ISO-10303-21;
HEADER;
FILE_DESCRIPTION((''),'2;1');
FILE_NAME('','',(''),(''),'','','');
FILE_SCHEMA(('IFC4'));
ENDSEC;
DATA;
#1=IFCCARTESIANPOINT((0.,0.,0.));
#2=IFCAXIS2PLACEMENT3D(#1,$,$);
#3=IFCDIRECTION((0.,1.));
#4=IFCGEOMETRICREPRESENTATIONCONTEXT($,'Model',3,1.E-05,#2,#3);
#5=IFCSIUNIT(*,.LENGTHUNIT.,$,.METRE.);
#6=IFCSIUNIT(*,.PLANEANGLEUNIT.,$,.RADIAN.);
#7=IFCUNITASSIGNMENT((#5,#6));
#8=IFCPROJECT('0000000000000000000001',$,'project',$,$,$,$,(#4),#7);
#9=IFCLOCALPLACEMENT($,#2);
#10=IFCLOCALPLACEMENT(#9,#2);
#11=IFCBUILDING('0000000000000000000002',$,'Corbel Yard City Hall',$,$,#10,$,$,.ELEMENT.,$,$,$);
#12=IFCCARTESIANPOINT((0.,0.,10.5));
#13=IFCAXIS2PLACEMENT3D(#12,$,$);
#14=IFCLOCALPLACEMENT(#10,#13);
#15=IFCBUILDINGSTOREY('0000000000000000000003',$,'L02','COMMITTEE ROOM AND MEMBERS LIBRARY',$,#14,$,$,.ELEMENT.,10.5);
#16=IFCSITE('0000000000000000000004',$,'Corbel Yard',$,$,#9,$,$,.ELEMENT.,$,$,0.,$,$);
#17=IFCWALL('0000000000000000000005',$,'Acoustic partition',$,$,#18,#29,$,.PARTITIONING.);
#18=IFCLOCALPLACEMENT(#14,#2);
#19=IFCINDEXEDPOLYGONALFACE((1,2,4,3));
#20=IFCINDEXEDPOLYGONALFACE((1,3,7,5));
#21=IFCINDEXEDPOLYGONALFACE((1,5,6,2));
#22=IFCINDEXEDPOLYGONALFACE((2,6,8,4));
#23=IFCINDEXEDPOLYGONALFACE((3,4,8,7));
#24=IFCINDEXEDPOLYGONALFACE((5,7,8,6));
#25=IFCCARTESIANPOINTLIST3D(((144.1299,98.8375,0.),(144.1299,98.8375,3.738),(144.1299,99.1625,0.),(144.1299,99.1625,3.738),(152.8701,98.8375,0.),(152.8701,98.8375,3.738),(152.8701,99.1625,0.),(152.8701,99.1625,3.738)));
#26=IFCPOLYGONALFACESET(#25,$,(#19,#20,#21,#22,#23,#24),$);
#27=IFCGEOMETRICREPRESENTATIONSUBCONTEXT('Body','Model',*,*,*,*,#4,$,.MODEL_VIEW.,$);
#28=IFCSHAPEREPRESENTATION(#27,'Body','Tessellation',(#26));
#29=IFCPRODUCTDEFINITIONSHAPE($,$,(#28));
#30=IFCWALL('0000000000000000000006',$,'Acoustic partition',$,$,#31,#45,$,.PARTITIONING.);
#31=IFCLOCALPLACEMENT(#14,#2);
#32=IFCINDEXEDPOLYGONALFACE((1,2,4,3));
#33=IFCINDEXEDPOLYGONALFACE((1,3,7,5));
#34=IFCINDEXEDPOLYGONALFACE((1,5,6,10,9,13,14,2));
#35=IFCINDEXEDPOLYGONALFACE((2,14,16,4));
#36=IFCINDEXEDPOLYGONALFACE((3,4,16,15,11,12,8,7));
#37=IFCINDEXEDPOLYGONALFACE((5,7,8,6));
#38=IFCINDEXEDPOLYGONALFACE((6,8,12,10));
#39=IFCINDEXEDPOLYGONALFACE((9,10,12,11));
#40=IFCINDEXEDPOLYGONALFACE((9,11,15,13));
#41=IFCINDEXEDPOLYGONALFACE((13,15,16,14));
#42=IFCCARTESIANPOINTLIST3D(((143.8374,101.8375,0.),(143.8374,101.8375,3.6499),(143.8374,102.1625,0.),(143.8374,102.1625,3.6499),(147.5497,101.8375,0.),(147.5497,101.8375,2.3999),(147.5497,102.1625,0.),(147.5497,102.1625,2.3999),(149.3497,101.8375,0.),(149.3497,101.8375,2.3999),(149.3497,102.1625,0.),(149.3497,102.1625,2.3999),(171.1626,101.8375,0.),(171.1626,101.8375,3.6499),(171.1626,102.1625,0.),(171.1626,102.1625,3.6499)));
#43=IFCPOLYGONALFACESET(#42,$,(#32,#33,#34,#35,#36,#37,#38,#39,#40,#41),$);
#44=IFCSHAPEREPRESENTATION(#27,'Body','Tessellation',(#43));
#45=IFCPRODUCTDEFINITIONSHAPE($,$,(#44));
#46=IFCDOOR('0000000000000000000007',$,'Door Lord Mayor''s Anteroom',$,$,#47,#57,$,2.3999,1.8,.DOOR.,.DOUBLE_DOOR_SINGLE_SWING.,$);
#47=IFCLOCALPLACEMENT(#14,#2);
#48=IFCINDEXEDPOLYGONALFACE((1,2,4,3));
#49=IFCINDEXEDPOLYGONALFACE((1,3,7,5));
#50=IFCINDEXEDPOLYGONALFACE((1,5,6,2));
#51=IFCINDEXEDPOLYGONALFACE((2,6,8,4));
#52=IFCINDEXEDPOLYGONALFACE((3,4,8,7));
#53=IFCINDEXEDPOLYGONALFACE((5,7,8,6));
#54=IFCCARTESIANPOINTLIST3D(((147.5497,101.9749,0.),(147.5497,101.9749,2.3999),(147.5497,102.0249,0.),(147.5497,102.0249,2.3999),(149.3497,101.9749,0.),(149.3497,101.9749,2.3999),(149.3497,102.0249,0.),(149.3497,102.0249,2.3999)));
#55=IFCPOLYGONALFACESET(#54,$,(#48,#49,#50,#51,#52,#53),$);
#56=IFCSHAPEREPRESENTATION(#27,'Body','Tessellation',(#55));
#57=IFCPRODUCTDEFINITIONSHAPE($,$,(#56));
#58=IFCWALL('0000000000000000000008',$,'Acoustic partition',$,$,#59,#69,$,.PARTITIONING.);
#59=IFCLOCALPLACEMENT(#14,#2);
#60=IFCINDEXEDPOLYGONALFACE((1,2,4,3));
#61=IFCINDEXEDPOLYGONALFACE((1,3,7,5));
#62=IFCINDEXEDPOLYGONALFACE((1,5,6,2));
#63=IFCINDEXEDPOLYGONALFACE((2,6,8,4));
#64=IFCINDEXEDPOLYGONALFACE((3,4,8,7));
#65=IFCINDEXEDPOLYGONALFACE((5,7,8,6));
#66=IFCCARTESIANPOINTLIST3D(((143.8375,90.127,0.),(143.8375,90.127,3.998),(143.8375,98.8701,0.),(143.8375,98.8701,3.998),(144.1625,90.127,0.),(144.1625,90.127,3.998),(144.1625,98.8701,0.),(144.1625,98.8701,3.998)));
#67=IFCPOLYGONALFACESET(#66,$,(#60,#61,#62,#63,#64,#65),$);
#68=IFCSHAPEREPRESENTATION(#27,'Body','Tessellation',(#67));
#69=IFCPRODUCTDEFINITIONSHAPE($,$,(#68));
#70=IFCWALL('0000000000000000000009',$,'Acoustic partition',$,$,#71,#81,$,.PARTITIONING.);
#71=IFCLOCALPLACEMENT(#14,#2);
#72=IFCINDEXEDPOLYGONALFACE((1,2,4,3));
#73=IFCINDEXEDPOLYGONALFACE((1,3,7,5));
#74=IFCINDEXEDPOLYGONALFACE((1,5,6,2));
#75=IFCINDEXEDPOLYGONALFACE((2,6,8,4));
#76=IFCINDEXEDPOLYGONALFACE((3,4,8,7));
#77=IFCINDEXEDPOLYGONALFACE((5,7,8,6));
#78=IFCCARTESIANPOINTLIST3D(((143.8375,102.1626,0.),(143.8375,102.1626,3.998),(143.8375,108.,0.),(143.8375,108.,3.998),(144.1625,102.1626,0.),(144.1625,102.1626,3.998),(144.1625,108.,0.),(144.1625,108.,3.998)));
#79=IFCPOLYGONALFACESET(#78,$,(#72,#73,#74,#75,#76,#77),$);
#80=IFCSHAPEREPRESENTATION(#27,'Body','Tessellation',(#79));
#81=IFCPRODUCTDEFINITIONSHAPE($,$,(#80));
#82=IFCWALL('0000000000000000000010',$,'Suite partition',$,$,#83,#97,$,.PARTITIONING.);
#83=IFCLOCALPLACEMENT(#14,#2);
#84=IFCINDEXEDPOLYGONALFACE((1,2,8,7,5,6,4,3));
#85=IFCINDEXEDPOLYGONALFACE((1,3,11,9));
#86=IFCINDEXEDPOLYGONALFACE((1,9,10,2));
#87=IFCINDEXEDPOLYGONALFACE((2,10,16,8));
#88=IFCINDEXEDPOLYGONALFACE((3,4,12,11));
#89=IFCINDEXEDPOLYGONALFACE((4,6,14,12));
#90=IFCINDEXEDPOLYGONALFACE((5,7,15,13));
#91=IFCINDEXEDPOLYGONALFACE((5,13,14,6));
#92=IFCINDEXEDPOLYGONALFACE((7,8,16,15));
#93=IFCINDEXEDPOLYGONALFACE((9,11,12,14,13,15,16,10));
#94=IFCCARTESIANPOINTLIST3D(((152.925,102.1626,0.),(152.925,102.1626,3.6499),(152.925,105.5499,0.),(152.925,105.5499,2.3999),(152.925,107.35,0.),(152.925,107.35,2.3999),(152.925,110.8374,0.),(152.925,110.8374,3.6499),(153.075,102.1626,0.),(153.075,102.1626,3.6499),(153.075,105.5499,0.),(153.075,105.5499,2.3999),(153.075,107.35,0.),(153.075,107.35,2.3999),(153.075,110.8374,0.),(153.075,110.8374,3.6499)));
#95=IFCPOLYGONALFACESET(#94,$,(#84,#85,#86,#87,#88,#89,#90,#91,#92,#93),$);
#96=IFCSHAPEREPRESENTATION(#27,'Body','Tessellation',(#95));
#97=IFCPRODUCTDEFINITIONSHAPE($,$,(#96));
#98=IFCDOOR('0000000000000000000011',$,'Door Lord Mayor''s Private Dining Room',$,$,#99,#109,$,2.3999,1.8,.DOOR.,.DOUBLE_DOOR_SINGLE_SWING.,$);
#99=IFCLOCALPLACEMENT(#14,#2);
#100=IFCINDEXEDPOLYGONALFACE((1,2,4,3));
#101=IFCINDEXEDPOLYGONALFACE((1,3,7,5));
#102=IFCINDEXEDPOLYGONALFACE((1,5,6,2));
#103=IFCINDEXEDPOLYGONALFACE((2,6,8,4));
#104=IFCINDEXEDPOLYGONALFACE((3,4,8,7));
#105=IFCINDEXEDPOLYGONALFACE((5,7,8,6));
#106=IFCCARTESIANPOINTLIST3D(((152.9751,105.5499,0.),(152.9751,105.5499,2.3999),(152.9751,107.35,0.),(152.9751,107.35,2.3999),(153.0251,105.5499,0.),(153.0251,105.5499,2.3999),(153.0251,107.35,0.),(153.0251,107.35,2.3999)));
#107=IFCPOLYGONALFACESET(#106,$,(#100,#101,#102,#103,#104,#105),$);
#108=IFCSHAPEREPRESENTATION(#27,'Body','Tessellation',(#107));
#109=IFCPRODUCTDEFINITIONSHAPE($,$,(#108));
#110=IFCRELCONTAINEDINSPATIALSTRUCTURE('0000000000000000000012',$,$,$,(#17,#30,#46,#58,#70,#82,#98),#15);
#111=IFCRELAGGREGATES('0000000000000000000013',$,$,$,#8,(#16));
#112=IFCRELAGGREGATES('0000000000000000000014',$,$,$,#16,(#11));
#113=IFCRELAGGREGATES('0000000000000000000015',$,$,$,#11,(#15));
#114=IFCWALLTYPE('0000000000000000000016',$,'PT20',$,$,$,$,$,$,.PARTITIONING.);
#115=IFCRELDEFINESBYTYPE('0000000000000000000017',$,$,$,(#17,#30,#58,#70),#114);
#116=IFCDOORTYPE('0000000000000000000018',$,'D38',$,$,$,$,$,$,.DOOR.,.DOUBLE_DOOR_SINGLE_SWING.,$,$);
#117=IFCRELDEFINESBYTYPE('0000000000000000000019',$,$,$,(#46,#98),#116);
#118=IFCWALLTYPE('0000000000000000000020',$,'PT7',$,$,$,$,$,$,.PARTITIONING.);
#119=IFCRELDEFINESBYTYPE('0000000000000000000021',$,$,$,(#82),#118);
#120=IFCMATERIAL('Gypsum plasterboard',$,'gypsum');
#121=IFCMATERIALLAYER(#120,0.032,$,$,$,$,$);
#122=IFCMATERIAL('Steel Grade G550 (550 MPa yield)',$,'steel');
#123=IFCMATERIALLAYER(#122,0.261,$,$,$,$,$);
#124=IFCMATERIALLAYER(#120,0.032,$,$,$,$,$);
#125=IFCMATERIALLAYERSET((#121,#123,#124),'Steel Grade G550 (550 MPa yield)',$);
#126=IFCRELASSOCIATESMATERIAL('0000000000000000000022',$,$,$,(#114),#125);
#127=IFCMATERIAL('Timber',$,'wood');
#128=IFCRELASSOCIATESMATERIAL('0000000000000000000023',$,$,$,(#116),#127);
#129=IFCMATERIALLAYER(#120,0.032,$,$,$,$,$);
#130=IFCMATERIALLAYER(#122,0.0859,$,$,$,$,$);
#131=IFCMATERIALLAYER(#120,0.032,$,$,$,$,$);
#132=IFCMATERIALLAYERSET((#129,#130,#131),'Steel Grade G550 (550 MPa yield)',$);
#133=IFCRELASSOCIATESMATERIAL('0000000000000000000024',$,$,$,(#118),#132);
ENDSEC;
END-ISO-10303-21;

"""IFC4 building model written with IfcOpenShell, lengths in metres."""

from ifc_helpers import new_model, si_unit, direction, frame, frame_2d, origin, place, context, subcontext, project, spatial, rectangle, extrude, material, layer, layer_set, type_object, element, fill, save


model = new_model("IFC4")

# Units and contexts
model_context = context("Model", 3, precision=1e-05, world=origin(), true_north=direction((0.0, 1.0)))
body_context = subcontext(model_context, "Body", "Model", "MODEL_VIEW")
ifc_project = project(units=[si_unit("LENGTHUNIT", "METRE"), si_unit("PLANEANGLEUNIT", "RADIAN")], contexts=[model_context])

# Site, building, storey
site_placement = place(None, origin())
site = spatial("IfcSite", under=ifc_project, at=site_placement, Name="Corbel Yard", CompositionType="ELEMENT", RefElevation=0.0)
building_placement = place(site_placement, origin())
building = spatial("IfcBuilding", under=site, at=building_placement, Name="Corbel Yard City Hall", CompositionType="ELEMENT")
storey_placement = place(building_placement, frame((0.0, 0.0, 10.5)))
storey = spatial("IfcBuildingStorey", under=building, at=storey_placement, Name="L02", Description="COMMITTEE ROOM AND MEMBERS LIBRARY", CompositionType="ELEMENT", Elevation=10.5)

# Wall
ifc_material_1 = material(Name="Gypsum plasterboard", Category="gypsum")
ifc_layer_1 = layer(ifc_material_1, 0.032)
ifc_material_2 = material(Name="Steel Grade G550 (550 MPa yield)", Category="steel")
ifc_layer_2 = layer(ifc_material_2, 0.261)
ifc_layer_3 = layer(ifc_material_1, 0.032)
ifc_layer_set_1 = layer_set([ifc_layer_1, ifc_layer_2, ifc_layer_3], Name="Steel Grade G550 (550 MPa yield)")
wall_type_1 = type_object("IfcWallType", Name="PT20", PredefinedType="PARTITIONING", material=ifc_layer_set_1)
wall_1_placement = place(storey_placement, frame((144.1299, 99.0, 0.0), z_axis=(0.0, 0.0, 1.0), x_axis=(1.0, 0.0, 0.0)))
element("IfcWall", 1, at=wall_1_placement, inside=storey, type_object=wall_type_1, Name="Acoustic partition", PredefinedType="PARTITIONING", context=body_context, shape_type="SweptSolid", body=[
    extrude(rectangle(XDim=8.7402, YDim=0.325, at=frame_2d((4.3701, 0.0))), origin(), (0.0, 0.0, 1.0), 3.738),
])

# Wall, opening, door
wall_2_placement = place(storey_placement, frame((143.8374, 102.0, 0.0), z_axis=(0.0, 0.0, 1.0), x_axis=(1.0, 0.0, 0.0)))
wall_2 = element("IfcWall", 2, at=wall_2_placement, inside=storey, type_object=wall_type_1, Name="Acoustic partition", PredefinedType="PARTITIONING", context=body_context, shape_type="SweptSolid", body=[
    extrude(rectangle(XDim=27.3252, YDim=0.325, at=frame_2d((13.6626, 0.0))), origin(), (0.0, 0.0, 1.0), 3.6499),
])
opening_1_placement = place(wall_2_placement, frame((3.7124, 0.0, 0.0)))
opening_1 = element("IfcOpeningElement", 3, at=opening_1_placement, cuts=wall_2, PredefinedType="OPENING", context=body_context, shape_type="SweptSolid", body=[
    extrude(rectangle(XDim=1.8, YDim=2.3999, at=frame_2d((0.8999, 1.2))), frame((0.0, 0.1724, 0.0), z_axis=(0.0, -1.0, 0.0), x_axis=(1.0, 0.0, 0.0)), (0.0, 0.0, 1.0), 0.345),
])
ifc_material_3 = material(Name="Timber", Category="wood")
door_type = type_object("IfcDoorType", Name="D38", OperationType="DOUBLE_DOOR_SINGLE_SWING", PredefinedType="DOOR", material=ifc_material_3)
door_1_placement = place(opening_1_placement, origin())
door_1 = element("IfcDoor", 4, at=door_1_placement, inside=storey, type_object=door_type, Name="Door Lord Mayor's Anteroom", OperationType="DOUBLE_DOOR_SINGLE_SWING", OverallHeight=2.3999, OverallWidth=1.8, PredefinedType="DOOR", context=body_context, shape_type="SweptSolid", body=[
    extrude(rectangle(XDim=1.8, YDim=2.3999, at=frame_2d((0.8999, 1.2))), frame((0.0, 0.0249, 0.0), z_axis=(0.0, -1.0, 0.0), x_axis=(1.0, 0.0, 0.0)), (0.0, 0.0, 1.0), 0.05),
])
fill(opening_1, door_1)

# Walls
wall_3_placement = place(storey_placement, frame((144.0, 90.127, 0.0), z_axis=(0.0, 0.0, 1.0), x_axis=(0.0, 1.0, 0.0)))
element("IfcWall", 5, at=wall_3_placement, inside=storey, type_object=wall_type_1, Name="Acoustic partition", PredefinedType="PARTITIONING", context=body_context, shape_type="SweptSolid", body=[
    extrude(rectangle(XDim=8.7432, YDim=0.325, at=frame_2d((4.3716, 0.0))), origin(), (0.0, 0.0, 1.0), 3.998),
])
wall_4_placement = place(storey_placement, frame((144.0, 102.1626, 0.0), z_axis=(0.0, 0.0, 1.0), x_axis=(0.0, 1.0, 0.0)))
element("IfcWall", 6, at=wall_4_placement, inside=storey, type_object=wall_type_1, Name="Acoustic partition", PredefinedType="PARTITIONING", context=body_context, shape_type="SweptSolid", body=[
    extrude(rectangle(XDim=5.8374, YDim=0.325, at=frame_2d((2.9187, 0.0))), origin(), (0.0, 0.0, 1.0), 3.998),
])

# Wall, opening, door
ifc_layer_4 = layer(ifc_material_1, 0.032)
ifc_layer_5 = layer(ifc_material_2, 0.0859)
ifc_layer_6 = layer(ifc_material_1, 0.032)
ifc_layer_set_2 = layer_set([ifc_layer_4, ifc_layer_5, ifc_layer_6], Name="Steel Grade G550 (550 MPa yield)")
wall_type_2 = type_object("IfcWallType", Name="PT7", PredefinedType="PARTITIONING", material=ifc_layer_set_2)
wall_5_placement = place(storey_placement, frame((153.0, 102.1626, 0.0), z_axis=(0.0, 0.0, 1.0), x_axis=(0.0, 1.0, 0.0)))
wall_5 = element("IfcWall", 7, at=wall_5_placement, inside=storey, type_object=wall_type_2, Name="Suite partition", PredefinedType="PARTITIONING", context=body_context, shape_type="SweptSolid", body=[
    extrude(rectangle(XDim=8.6748, YDim=0.1499, at=frame_2d((4.3374, 0.0))), origin(), (0.0, 0.0, 1.0), 3.6499),
])
opening_2_placement = place(wall_5_placement, frame((3.3875, 0.0, 0.0)))
opening_2 = element("IfcOpeningElement", 8, at=opening_2_placement, cuts=wall_5, PredefinedType="OPENING", context=body_context, shape_type="SweptSolid", body=[
    extrude(rectangle(XDim=1.8, YDim=2.3999, at=frame_2d((0.8999, 1.2))), frame((0.0, 0.085, 0.0), z_axis=(0.0, -1.0, 0.0), x_axis=(1.0, 0.0, 0.0)), (0.0, 0.0, 1.0), 0.1699),
])
door_2_placement = place(opening_2_placement, origin())
door_2 = element("IfcDoor", 9, at=door_2_placement, inside=storey, type_object=door_type, Name="Door Lord Mayor's Private Dining Room", OperationType="DOUBLE_DOOR_SINGLE_SWING", OverallHeight=2.3999, OverallWidth=1.8, PredefinedType="DOOR", context=body_context, shape_type="SweptSolid", body=[
    extrude(rectangle(XDim=1.8, YDim=2.3999, at=frame_2d((0.8999, 1.2))), frame((0.0, 0.0249, 0.0), z_axis=(0.0, -1.0, 0.0), x_axis=(1.0, 0.0, 0.0)), (0.0, 0.0, 1.0), 0.05),
])
fill(opening_2, door_2)

save(model, "model.ifc")
